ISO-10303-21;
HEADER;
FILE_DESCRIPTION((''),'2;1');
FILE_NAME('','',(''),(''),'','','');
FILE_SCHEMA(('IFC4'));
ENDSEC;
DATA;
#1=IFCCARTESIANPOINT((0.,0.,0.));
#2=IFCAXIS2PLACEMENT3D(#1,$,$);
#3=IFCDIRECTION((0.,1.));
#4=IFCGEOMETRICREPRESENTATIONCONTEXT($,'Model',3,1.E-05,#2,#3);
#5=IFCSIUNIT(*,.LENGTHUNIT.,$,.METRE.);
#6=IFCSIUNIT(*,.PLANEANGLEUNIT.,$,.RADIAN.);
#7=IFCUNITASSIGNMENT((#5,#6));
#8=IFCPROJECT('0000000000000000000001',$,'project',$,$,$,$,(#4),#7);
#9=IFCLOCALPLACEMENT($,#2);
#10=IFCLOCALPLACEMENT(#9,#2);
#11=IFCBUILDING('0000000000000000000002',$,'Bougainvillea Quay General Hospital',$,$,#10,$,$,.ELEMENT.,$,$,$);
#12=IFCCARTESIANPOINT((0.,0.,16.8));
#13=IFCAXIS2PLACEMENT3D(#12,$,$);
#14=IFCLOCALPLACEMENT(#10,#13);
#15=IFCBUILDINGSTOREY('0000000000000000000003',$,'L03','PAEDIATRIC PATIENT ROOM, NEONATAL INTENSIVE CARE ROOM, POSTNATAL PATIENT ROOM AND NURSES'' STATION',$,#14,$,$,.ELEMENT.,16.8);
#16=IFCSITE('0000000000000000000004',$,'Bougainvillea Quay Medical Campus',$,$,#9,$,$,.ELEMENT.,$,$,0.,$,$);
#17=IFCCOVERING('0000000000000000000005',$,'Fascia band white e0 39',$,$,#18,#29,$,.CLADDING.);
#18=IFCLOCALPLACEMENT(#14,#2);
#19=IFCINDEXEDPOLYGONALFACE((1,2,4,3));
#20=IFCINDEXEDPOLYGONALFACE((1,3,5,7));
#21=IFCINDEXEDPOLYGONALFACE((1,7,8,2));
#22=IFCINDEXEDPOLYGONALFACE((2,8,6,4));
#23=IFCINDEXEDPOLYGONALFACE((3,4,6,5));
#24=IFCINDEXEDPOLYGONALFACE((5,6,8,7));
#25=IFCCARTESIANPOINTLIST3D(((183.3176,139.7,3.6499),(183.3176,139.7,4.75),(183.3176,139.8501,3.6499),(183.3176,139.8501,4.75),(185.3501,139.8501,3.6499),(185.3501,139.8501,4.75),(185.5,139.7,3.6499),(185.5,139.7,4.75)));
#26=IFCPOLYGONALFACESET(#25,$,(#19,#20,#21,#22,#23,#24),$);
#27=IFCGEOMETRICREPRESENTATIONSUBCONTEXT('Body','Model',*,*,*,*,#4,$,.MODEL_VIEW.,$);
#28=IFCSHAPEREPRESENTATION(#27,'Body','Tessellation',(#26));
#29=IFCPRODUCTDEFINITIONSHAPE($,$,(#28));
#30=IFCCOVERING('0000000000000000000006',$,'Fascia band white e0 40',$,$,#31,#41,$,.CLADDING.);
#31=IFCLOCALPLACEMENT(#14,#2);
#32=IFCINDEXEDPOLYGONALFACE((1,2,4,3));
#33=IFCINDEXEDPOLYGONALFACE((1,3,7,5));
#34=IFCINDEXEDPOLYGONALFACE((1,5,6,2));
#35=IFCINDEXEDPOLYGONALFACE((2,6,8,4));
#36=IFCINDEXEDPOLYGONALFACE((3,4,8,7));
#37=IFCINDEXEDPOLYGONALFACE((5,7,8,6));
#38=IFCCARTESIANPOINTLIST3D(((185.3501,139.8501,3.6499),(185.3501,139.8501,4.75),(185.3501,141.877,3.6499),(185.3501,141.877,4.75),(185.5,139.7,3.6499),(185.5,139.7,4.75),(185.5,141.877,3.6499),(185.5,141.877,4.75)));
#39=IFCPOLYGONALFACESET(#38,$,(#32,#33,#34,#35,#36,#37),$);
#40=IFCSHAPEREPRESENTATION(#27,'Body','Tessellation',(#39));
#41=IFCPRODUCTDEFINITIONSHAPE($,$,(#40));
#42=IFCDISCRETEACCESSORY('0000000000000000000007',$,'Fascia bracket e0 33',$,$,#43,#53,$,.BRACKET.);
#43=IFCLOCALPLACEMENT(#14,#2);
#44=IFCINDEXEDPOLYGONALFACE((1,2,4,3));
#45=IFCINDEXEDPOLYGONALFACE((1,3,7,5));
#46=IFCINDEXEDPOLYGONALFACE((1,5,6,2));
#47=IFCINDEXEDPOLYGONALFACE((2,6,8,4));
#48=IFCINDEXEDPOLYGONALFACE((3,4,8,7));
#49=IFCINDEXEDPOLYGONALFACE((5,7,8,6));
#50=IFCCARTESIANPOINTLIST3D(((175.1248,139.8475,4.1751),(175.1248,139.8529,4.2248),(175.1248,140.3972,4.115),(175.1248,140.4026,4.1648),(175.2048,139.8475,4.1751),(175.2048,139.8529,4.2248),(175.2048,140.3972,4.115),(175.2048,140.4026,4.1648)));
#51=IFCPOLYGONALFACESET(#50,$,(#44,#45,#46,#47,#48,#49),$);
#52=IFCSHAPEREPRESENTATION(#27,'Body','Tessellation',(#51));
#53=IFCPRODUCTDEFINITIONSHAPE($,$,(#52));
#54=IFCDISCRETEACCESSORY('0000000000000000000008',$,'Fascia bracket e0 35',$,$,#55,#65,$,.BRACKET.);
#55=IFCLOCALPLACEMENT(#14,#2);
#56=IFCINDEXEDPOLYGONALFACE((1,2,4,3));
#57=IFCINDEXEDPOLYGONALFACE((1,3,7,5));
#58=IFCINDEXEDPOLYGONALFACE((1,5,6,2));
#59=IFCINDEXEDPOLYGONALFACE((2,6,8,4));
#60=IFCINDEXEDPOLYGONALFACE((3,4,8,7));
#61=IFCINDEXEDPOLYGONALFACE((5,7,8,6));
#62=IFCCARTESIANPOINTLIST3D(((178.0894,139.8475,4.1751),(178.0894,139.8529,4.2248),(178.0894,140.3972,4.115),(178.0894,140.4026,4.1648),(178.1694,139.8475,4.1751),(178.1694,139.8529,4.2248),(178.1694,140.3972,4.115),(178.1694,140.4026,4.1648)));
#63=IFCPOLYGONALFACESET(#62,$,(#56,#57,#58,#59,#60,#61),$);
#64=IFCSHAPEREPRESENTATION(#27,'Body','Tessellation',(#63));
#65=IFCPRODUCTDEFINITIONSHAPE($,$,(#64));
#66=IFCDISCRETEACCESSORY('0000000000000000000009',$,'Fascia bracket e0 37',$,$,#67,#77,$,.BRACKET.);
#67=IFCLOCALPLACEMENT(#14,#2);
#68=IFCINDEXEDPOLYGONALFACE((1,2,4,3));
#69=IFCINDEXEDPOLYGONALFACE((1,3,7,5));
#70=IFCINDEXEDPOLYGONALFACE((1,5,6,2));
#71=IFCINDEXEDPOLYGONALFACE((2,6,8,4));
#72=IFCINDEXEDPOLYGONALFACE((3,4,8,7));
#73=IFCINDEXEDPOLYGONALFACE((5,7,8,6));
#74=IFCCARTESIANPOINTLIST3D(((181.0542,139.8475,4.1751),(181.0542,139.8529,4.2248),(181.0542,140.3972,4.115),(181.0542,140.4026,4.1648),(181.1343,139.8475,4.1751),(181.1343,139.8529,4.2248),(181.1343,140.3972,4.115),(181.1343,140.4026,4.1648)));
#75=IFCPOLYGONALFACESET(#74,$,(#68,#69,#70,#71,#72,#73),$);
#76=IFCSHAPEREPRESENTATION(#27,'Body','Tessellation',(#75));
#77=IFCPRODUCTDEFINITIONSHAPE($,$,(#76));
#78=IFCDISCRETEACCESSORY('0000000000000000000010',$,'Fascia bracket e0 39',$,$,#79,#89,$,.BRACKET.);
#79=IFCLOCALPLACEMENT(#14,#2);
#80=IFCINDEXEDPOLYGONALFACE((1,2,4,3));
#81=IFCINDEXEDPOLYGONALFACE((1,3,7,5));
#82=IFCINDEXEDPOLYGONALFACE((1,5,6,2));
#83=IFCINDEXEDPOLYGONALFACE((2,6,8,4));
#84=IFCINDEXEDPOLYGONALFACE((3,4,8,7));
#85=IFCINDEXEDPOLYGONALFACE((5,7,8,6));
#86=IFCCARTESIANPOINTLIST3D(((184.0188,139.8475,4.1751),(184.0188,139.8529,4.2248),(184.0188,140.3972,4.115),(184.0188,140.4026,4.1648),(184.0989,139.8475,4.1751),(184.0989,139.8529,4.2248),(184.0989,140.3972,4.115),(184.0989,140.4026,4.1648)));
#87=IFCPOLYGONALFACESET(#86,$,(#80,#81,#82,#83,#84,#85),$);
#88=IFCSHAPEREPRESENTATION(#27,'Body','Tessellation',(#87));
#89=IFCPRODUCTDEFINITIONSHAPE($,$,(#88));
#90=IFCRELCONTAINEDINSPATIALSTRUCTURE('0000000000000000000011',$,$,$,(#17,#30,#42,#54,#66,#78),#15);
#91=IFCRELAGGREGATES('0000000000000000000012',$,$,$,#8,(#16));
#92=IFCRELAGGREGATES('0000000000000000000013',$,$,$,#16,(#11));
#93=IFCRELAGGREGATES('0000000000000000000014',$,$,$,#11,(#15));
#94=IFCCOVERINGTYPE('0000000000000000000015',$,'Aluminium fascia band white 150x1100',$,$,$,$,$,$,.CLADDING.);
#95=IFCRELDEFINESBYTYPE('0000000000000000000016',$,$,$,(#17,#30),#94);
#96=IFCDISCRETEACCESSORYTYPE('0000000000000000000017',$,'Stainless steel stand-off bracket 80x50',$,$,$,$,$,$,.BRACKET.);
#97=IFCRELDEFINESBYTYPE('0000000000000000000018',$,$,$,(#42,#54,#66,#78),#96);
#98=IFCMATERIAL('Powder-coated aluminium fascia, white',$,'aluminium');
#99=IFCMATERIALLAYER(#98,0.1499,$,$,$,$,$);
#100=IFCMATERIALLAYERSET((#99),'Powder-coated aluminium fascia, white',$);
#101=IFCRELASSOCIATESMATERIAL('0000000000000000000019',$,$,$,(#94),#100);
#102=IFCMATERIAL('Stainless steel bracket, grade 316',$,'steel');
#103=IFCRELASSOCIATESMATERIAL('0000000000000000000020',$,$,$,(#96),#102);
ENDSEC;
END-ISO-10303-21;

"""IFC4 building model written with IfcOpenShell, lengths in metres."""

from ifc_helpers import new_model, si_unit, direction, frame, origin, origin_2d, place, context, subcontext, project, spatial, polyline, rectangle, outline, extrude, material, layer, layer_set, material_profile, profile_set, type_object, element, save


model = new_model("IFC4")

# Units and contexts
model_context = context("Model", 3, precision=1e-05, world=origin(), true_north=direction((0.0, 1.0)))
body_context = subcontext(model_context, "Body", "Model", "MODEL_VIEW")
ifc_project = project(units=[si_unit("LENGTHUNIT", "METRE"), si_unit("PLANEANGLEUNIT", "RADIAN")], contexts=[model_context])

# Site, building, storey
site_placement = place(None, origin())
site = spatial("IfcSite", under=ifc_project, at=site_placement, Name="Bougainvillea Quay Medical Campus", CompositionType="ELEMENT", RefElevation=0.0)
building_placement = place(site_placement, origin())
building = spatial("IfcBuilding", under=site, at=building_placement, Name="Bougainvillea Quay General Hospital", CompositionType="ELEMENT")
storey_placement = place(building_placement, frame((0.0, 0.0, 16.8)))
storey = spatial("IfcBuildingStorey", under=building, at=storey_placement, Name="L03", Description="PAEDIATRIC PATIENT ROOM, NEONATAL INTENSIVE CARE ROOM, POSTNATAL PATIENT ROOM AND NURSES' STATION", CompositionType="ELEMENT", Elevation=16.8)

# Coverings
ifc_material_1 = material(Name="Powder-coated aluminium fascia, white", Category="aluminium")
ifc_layer_1 = layer(ifc_material_1, 0.1499)
ifc_layer_set_1 = layer_set([ifc_layer_1], Name="Powder-coated aluminium fascia, white")
covering_type = type_object("IfcCoveringType", Name="Aluminium fascia band white 150x1100", PredefinedType="CLADDING", material=ifc_layer_set_1)
covering_1_placement = place(storey_placement, frame((183.3176, 139.8501, 3.6499), z_axis=(0.0, 0.0, 1.0), x_axis=(1.0, 0.0, 0.0)))
element("IfcCovering", 1, at=covering_1_placement, inside=storey, type_object=covering_type, Name="Fascia band white e0 39", PredefinedType="CLADDING", context=body_context, shape_type="SweptSolid", body=[
    extrude(outline(polyline([(0.0, 0.0), (2.0325, 0.0), (2.1824, -0.1501), (0.0, -0.1501), (0.0, 0.0)])), origin(), (0.0, 0.0, 1.0), 1.1001),
])
covering_2_placement = place(storey_placement, frame((185.3501, 139.8501, 3.6499), z_axis=(0.0, 0.0, 1.0), x_axis=(0.0, 1.0, 0.0)))
element("IfcCovering", 2, at=covering_2_placement, inside=storey, type_object=covering_type, Name="Fascia band white e0 40", PredefinedType="CLADDING", context=body_context, shape_type="SweptSolid", body=[
    extrude(outline(polyline([(0.0, 0.0), (2.0269, 0.0), (2.0269, -0.1499), (-0.1501, -0.1499), (0.0, 0.0)])), origin(), (0.0, 0.0, 1.0), 1.1001),
])

# Discrete accessories
ifc_material_2 = material(Name="Stainless steel bracket, grade 316", Category="steel")
ifc_material_profile_1 = material_profile(ifc_material_2, rectangle(XDim=0.0801, YDim=0.05, at=origin_2d()))
ifc_profile_set_1 = profile_set([ifc_material_profile_1], Name="Stainless steel bracket, grade 316")
discrete_accessory_type = type_object("IfcDiscreteAccessoryType", Name="Stainless steel stand-off bracket 80x50", PredefinedType="BRACKET", material=ifc_profile_set_1)
for number, where, z_axis, x_axis, name in (
    (3, (175.1648, 140.3999, 4.1399), (0.0, -0.994087, 0.10859), (1.0, 0.0, 0.0), "Fascia bracket e0 33"),
    (4, (178.1294, 140.3999, 4.1399), (0.0, -0.994087, 0.10859), (1.0, 0.0, 0.0), "Fascia bracket e0 35"),
    (5, (181.0942, 140.3999, 4.1399), (0.0, -0.994087, 0.10859), (1.0, 0.0, 0.0), "Fascia bracket e0 37"),
    (6, (184.0588, 140.3999, 4.1399), (0.0, -0.994087, 0.10859), (1.0, 0.0, 0.0), "Fascia bracket e0 39"),
):
    element("IfcDiscreteAccessory", number, at=place(storey_placement, frame(where, z_axis=z_axis, x_axis=x_axis)), inside=storey, type_object=discrete_accessory_type, Name=name, PredefinedType="BRACKET", context=body_context, shape_type="SweptSolid", body=[
        extrude(rectangle(XDim=0.0801, YDim=0.05, at=origin_2d()), origin(), (0.0, 0.0, 1.0), 0.553),
    ])

save(model, "model.ifc")
